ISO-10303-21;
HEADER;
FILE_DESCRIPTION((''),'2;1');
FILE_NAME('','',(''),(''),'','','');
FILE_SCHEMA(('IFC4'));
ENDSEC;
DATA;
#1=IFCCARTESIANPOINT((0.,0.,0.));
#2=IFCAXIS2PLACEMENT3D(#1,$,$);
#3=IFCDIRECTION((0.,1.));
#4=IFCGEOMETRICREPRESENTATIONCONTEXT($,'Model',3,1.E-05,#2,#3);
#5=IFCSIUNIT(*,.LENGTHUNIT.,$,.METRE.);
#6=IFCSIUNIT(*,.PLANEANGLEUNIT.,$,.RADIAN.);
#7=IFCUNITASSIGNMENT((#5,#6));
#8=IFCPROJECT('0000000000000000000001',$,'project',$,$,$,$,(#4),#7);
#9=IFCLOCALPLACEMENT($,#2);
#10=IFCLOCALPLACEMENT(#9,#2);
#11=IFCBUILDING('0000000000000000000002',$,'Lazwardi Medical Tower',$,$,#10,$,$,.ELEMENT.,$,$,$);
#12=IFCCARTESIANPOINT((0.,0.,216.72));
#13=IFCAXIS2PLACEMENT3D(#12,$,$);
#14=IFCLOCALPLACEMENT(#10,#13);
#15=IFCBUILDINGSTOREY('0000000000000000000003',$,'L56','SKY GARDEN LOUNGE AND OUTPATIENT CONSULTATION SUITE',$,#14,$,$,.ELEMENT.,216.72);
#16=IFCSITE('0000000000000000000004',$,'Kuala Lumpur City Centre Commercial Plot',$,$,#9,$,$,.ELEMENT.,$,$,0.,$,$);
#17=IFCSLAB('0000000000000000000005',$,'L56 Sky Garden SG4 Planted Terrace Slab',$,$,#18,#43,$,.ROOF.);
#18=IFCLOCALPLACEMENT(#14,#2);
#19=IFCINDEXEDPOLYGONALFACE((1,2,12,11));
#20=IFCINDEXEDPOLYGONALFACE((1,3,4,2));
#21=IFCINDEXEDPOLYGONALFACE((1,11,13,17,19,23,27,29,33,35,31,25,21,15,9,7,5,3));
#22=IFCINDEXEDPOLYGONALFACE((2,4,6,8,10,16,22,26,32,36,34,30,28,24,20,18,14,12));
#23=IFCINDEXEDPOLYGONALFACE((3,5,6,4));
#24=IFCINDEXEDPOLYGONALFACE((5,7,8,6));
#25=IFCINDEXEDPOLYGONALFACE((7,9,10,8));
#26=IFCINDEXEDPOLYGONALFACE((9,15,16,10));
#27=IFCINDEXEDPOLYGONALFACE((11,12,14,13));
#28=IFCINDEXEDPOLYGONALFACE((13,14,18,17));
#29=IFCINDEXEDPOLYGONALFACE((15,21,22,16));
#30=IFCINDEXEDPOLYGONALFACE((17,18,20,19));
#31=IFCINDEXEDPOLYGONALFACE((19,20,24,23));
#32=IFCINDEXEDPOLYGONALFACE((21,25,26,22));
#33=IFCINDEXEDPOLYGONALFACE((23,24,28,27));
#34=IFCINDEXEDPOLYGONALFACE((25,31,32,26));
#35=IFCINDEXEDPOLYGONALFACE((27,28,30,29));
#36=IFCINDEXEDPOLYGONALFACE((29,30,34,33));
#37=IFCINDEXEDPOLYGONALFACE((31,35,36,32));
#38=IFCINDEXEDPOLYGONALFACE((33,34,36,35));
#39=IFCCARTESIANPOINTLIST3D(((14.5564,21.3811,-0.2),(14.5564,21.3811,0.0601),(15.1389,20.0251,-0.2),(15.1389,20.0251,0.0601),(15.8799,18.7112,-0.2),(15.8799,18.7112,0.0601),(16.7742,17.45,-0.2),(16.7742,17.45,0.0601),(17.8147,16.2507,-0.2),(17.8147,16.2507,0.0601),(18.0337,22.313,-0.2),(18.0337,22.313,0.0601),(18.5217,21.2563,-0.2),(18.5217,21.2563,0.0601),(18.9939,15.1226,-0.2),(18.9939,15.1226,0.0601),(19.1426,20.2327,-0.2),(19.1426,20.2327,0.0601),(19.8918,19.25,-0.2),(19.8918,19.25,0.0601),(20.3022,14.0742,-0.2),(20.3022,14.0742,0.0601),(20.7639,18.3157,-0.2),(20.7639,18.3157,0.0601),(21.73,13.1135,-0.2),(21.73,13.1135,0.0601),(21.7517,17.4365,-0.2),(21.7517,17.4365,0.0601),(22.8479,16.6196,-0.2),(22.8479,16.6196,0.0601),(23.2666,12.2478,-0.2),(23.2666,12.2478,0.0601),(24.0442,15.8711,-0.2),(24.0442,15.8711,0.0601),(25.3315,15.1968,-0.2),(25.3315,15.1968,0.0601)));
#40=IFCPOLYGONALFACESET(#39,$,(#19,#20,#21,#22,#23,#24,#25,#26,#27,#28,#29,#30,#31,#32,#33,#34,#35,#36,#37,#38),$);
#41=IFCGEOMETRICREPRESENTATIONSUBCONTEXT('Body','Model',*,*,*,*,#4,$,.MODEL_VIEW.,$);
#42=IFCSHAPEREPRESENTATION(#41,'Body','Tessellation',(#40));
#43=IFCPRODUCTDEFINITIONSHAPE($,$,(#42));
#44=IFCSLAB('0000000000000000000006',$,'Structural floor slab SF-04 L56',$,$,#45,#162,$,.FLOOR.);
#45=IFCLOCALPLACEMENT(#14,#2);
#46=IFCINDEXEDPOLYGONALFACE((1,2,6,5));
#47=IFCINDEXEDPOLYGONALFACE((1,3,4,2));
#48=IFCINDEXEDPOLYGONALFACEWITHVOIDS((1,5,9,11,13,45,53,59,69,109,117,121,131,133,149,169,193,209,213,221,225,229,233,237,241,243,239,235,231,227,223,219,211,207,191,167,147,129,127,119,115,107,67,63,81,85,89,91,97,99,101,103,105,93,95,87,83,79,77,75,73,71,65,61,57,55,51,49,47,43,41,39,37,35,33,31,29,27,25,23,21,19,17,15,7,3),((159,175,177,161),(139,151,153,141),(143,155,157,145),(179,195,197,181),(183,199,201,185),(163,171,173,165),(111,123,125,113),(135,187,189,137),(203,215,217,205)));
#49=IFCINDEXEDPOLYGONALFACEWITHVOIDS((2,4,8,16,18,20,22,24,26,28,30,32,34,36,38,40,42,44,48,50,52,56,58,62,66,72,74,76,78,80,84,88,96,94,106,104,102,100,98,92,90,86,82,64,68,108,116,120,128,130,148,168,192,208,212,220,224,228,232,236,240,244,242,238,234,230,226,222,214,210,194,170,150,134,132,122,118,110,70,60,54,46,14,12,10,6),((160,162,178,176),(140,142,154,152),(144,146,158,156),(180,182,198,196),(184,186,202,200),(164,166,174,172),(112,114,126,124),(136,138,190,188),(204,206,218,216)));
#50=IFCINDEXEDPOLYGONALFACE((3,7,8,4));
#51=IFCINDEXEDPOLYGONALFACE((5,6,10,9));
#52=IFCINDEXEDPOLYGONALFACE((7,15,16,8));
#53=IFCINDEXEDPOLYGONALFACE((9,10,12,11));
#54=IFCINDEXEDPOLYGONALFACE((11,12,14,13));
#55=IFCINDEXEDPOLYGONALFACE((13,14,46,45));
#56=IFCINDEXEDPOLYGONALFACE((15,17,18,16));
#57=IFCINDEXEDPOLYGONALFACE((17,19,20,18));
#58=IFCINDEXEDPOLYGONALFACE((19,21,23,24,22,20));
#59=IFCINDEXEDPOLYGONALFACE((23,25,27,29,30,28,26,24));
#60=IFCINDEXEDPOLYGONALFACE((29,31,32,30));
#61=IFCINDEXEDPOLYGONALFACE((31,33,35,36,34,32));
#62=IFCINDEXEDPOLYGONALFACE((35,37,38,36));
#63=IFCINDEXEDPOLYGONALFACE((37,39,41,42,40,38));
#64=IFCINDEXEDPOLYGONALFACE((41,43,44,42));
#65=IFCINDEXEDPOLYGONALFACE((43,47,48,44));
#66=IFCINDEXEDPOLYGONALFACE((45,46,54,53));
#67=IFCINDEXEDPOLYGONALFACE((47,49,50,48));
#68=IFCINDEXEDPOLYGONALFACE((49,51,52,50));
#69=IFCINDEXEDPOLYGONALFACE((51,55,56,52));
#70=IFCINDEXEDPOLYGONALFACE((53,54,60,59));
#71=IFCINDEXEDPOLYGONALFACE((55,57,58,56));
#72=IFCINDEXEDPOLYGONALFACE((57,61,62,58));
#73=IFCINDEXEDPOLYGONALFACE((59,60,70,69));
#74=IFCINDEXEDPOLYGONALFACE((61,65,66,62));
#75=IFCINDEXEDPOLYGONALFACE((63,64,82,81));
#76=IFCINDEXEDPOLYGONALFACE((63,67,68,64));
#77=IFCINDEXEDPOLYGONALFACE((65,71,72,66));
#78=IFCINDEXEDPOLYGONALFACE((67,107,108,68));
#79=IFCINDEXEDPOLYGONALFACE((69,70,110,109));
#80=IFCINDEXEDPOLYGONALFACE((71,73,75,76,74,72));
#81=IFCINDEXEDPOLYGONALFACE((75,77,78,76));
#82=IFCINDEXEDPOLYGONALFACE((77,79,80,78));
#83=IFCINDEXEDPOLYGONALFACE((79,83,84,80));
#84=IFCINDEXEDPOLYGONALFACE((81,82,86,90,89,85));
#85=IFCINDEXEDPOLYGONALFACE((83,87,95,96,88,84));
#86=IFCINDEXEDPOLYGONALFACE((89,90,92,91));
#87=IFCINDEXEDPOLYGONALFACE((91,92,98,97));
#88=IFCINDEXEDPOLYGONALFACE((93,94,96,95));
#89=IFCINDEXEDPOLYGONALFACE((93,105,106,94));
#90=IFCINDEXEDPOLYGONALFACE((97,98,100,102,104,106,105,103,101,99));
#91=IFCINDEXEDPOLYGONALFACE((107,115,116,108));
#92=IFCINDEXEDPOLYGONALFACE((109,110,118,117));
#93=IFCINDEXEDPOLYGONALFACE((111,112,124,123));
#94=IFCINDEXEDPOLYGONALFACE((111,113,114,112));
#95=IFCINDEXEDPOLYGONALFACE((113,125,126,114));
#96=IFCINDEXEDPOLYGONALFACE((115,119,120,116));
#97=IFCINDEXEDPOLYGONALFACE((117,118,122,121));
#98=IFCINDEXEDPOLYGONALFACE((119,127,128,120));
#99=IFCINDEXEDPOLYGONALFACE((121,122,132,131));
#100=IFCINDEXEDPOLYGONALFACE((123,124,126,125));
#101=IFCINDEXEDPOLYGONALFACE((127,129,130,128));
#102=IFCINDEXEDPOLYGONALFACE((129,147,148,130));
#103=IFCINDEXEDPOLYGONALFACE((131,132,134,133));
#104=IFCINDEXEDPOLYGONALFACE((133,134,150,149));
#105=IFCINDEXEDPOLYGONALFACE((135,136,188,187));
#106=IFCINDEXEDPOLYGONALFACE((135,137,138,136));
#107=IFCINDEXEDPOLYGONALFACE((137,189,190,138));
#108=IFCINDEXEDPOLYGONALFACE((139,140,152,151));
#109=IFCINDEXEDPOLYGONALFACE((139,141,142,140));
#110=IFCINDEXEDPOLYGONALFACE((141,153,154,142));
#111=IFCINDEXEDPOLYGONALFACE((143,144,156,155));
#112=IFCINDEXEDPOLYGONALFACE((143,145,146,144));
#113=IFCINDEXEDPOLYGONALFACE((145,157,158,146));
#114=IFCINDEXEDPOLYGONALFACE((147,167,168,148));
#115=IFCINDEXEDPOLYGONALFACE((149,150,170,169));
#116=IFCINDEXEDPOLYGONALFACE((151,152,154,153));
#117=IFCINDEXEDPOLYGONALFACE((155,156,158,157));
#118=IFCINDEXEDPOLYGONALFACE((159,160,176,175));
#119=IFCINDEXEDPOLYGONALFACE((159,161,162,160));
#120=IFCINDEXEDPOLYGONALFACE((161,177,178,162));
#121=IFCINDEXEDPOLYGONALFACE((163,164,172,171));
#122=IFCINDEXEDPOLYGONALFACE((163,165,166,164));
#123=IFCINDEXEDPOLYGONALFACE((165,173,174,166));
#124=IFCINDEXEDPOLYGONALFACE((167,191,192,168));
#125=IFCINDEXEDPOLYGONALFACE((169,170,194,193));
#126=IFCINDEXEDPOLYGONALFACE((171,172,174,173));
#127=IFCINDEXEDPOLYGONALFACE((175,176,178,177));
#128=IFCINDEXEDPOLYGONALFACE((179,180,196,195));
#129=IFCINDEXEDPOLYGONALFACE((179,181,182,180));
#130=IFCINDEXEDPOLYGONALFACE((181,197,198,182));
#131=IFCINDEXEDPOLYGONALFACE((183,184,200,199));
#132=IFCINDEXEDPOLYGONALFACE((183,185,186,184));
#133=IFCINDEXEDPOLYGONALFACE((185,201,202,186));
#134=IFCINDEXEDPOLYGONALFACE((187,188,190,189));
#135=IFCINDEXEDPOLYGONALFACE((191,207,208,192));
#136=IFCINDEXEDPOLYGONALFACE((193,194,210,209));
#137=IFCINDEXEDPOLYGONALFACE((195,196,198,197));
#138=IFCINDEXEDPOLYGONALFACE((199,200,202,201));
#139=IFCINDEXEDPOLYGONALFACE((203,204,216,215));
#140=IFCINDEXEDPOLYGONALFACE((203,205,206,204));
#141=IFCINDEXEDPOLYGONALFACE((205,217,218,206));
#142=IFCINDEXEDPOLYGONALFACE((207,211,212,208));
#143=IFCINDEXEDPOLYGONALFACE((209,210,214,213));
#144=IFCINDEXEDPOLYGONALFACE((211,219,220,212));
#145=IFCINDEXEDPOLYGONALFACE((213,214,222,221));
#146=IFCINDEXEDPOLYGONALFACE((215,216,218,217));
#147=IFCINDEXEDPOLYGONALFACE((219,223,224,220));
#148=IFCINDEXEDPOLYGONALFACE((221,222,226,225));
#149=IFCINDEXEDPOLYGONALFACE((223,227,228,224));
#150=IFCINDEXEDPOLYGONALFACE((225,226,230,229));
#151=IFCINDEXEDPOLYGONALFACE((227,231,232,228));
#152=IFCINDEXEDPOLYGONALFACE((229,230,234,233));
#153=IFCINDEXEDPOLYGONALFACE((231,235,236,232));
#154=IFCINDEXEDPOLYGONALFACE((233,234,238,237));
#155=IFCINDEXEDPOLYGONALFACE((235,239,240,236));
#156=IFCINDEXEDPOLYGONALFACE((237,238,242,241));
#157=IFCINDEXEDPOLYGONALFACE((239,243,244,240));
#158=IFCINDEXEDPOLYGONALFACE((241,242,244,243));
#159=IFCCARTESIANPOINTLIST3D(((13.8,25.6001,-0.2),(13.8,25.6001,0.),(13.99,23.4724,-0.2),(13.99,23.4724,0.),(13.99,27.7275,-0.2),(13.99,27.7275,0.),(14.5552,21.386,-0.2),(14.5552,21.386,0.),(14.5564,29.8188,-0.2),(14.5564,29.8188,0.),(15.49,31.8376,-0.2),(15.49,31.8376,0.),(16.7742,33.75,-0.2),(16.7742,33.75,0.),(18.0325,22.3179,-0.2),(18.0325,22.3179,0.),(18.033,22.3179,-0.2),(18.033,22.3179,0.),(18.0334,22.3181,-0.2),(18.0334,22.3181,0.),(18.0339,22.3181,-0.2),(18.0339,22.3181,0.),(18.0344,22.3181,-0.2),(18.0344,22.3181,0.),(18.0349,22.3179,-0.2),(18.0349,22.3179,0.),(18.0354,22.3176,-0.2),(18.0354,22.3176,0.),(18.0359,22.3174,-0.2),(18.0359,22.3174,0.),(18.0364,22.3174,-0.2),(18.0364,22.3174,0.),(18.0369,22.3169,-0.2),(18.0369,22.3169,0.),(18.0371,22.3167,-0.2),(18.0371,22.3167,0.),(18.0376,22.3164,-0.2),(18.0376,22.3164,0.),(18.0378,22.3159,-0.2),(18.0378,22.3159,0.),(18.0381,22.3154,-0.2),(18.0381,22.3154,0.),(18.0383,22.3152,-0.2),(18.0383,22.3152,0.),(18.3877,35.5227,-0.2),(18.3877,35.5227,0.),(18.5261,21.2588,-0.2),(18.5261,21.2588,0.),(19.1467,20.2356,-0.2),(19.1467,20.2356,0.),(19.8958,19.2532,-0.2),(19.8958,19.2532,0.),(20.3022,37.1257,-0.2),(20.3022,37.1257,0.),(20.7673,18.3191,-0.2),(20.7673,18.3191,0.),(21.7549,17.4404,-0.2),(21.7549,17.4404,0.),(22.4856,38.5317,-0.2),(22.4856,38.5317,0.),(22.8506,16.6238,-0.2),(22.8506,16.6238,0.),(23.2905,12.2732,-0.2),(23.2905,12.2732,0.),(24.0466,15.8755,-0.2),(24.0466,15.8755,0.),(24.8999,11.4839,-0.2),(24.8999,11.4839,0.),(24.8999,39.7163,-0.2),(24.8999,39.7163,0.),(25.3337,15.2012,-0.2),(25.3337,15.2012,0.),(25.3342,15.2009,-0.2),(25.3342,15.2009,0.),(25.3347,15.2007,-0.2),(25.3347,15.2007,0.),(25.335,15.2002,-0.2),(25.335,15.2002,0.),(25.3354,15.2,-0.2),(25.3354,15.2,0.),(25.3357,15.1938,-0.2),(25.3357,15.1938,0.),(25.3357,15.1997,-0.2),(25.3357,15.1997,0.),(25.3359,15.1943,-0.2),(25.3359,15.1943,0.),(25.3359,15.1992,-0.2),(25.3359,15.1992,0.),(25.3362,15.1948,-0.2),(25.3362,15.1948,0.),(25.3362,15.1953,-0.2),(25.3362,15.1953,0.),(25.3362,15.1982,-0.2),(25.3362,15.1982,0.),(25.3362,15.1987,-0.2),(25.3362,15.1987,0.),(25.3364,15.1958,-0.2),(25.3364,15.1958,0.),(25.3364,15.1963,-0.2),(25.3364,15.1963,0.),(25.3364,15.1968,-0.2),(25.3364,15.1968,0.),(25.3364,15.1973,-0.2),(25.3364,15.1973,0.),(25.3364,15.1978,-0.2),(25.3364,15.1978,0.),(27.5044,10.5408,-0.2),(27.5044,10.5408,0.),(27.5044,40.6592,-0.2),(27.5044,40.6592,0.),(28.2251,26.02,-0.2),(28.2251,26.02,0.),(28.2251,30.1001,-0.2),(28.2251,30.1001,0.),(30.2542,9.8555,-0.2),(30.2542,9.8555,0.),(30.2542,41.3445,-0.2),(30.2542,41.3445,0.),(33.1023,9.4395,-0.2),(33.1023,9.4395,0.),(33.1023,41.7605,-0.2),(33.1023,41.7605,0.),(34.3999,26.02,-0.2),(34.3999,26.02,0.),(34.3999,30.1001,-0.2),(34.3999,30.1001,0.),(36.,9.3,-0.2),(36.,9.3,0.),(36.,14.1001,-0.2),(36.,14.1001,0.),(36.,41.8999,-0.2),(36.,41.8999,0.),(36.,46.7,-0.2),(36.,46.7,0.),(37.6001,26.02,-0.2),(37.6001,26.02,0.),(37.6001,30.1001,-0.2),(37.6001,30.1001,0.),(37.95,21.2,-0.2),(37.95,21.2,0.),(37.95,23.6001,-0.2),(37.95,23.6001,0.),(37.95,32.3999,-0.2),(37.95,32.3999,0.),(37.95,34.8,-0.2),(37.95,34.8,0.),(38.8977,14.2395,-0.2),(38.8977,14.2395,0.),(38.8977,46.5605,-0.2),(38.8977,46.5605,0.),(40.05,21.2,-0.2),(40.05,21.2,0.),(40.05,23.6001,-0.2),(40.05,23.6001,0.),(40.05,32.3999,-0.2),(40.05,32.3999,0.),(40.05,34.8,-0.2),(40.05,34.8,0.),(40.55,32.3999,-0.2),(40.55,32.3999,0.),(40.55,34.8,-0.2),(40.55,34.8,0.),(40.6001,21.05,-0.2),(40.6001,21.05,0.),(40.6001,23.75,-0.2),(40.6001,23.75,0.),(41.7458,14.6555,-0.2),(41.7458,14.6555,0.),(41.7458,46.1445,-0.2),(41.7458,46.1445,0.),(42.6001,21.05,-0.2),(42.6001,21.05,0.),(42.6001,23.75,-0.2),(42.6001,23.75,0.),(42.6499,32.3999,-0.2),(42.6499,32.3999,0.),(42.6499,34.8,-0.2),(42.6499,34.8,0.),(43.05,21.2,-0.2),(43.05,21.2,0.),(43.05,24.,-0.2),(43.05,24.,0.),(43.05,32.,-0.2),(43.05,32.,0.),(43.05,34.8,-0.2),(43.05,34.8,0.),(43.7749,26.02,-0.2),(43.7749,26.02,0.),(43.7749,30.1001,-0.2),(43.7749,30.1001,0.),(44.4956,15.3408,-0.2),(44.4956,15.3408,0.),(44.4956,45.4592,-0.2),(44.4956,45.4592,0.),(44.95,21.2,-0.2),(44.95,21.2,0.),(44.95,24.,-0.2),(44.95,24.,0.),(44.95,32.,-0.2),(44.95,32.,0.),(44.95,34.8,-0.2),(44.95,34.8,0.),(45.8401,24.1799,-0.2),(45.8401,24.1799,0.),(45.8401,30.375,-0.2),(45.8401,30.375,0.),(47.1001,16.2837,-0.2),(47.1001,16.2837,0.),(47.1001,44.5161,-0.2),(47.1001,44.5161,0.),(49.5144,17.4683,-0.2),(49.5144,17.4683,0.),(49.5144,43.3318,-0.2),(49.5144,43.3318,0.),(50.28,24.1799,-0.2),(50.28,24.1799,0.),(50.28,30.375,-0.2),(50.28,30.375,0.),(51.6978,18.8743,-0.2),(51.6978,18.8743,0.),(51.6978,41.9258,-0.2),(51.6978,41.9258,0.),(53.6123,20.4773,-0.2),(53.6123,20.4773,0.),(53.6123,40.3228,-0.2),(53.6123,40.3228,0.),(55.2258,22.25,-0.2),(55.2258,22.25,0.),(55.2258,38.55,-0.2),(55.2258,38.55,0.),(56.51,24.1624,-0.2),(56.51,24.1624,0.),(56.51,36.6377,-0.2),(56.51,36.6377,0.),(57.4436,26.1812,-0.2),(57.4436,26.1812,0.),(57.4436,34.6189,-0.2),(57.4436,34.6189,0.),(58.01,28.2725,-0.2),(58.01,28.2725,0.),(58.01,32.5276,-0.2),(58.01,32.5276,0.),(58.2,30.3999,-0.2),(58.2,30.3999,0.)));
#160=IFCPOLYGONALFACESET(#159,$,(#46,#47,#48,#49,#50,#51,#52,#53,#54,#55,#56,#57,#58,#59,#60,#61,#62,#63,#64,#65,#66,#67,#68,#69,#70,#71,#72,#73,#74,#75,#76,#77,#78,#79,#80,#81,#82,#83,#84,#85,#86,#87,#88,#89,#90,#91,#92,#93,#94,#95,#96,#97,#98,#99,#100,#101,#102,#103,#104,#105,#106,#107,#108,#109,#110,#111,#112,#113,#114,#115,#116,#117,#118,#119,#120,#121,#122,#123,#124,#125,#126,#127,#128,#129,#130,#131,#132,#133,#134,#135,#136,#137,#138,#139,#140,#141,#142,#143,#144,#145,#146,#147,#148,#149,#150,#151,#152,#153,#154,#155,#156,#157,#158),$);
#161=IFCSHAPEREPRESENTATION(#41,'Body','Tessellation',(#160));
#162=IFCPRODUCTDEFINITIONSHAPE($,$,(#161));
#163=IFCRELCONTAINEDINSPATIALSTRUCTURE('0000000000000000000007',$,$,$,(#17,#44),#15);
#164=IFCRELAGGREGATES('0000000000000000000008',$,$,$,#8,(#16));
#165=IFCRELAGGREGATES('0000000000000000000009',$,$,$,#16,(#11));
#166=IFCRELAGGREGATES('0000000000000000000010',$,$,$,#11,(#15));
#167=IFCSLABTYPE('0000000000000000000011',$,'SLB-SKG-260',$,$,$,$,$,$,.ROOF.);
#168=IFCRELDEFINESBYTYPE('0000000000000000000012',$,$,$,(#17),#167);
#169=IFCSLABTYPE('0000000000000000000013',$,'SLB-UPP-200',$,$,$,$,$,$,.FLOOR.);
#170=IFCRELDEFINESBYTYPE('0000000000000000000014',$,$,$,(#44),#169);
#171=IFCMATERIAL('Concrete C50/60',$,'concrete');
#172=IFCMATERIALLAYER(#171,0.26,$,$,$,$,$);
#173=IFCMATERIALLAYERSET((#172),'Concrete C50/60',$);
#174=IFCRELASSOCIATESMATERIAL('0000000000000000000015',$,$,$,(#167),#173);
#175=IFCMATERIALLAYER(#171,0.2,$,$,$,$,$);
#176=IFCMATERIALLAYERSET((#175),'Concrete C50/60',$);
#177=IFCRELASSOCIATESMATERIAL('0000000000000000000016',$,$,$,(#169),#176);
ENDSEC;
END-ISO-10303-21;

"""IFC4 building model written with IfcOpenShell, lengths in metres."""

from ifc_helpers import new_model, si_unit, direction, frame, origin, place, context, subcontext, project, spatial, polyline, outline, extrude, material, layer, layer_set, type_object, element, save


model = new_model("IFC4")

# Units and contexts
model_context = context("Model", 3, precision=1e-05, world=origin(), true_north=direction((0.0, 1.0)))
body_context = subcontext(model_context, "Body", "Model", "MODEL_VIEW")
ifc_project = project(units=[si_unit("LENGTHUNIT", "METRE"), si_unit("PLANEANGLEUNIT", "RADIAN")], contexts=[model_context])

# Site, building, storey
site_placement = place(None, origin())
site = spatial("IfcSite", under=ifc_project, at=site_placement, Name="Kuala Lumpur City Centre Commercial Plot", CompositionType="ELEMENT", RefElevation=0.0)
building_placement = place(site_placement, origin())
building = spatial("IfcBuilding", under=site, at=building_placement, Name="Lazwardi Medical Tower", CompositionType="ELEMENT")
storey_placement = place(building_placement, frame((0.0, 0.0, 216.72)))
storey = spatial("IfcBuildingStorey", under=building, at=storey_placement, Name="L56", Description="SKY GARDEN LOUNGE AND OUTPATIENT CONSULTATION SUITE", CompositionType="ELEMENT", Elevation=216.72)

# Slabs
ifc_material_1 = material(Name="Concrete C50/60", Category="concrete")
ifc_layer_1 = layer(ifc_material_1, 0.26)
ifc_layer_set_1 = layer_set([ifc_layer_1], Name="Concrete C50/60")
slab_type_1 = type_object("IfcSlabType", Name="SLB-SKG-260", PredefinedType="ROOF", material=ifc_layer_set_1)
slab_1_placement = place(storey_placement, frame((0.0, 0.0, -0.2)))
element("IfcSlab", 1, at=slab_1_placement, inside=storey, type_object=slab_type_1, Name="L56 Sky Garden SG4 Planted Terrace Slab", PredefinedType="ROOF", context=body_context, shape_type="SweptSolid", body=[
    extrude(outline(polyline([(15.1389, 20.0251), (15.8799, 18.7112), (16.7742, 17.45), (17.8147, 16.2507), (18.9939, 15.1226), (20.3022, 14.0742), (21.73, 13.1135), (23.2666, 12.2478), (25.3315, 15.1968), (24.0442, 15.8711), (22.8479, 16.6196), (21.7517, 17.4365), (20.7639, 18.3157), (19.8918, 19.25), (19.1426, 20.2327), (18.5217, 21.2563), (18.0337, 22.313), (14.5564, 21.3811), (15.1389, 20.0251)])), origin(), (0.0, 0.0, 1.0), 0.26),
])
ifc_layer_2 = layer(ifc_material_1, 0.2)
ifc_layer_set_2 = layer_set([ifc_layer_2], Name="Concrete C50/60")
slab_type_2 = type_object("IfcSlabType", Name="SLB-UPP-200", PredefinedType="FLOOR", material=ifc_layer_set_2)
slab_2_placement = place(storey_placement, frame((0.0, 0.0, -0.2)))
element("IfcSlab", 2, at=slab_2_placement, inside=storey, type_object=slab_type_2, Name="Structural floor slab SF-04 L56", PredefinedType="FLOOR", context=body_context, shape_type="SweptSolid", body=[
    extrude(outline(polyline([(22.4856, 38.5317), (20.3022, 37.1257), (18.3877, 35.5227), (16.7742, 33.75), (15.49, 31.8376), (14.5564, 29.8188), (13.99, 27.7275), (13.8, 25.6001), (13.99, 23.4724), (14.5552, 21.386), (14.5552, 21.386), (18.0325, 22.3179), (18.033, 22.3179), (18.0334, 22.3181), (18.0339, 22.3181), (18.0344, 22.3181), (18.0349, 22.3179), (18.0354, 22.3176), (18.0359, 22.3174), (18.0364, 22.3174), (18.0369, 22.3169), (18.0371, 22.3167), (18.0376, 22.3164), (18.0378, 22.3159), (18.0381, 22.3154), (18.0383, 22.3152), (18.5261, 21.2588), (19.1467, 20.2356), (19.8958, 19.2532), (20.7673, 18.3191), (21.7549, 17.4404), (22.8506, 16.6238), (24.0466, 15.8755), (25.3337, 15.2012), (25.3342, 15.2009), (25.3347, 15.2007), (25.335, 15.2002), (25.3354, 15.2), (25.3357, 15.1997), (25.3359, 15.1992), (25.3362, 15.1987), (25.3362, 15.1982), (25.3364, 15.1978), (25.3364, 15.1973), (25.3364, 15.1968), (25.3364, 15.1963), (25.3364, 15.1958), (25.3362, 15.1953), (25.3362, 15.1948), (25.3359, 15.1943), (25.3357, 15.1938), (23.2905, 12.2732), (24.8999, 11.4839), (27.5044, 10.5408), (30.2542, 9.8555), (33.1023, 9.4395), (36.0, 9.3), (36.0, 14.1001), (38.8977, 14.2395), (41.7458, 14.6555), (44.4956, 15.3408), (47.1001, 16.2837), (49.5144, 17.4683), (51.6978, 18.8743), (53.6123, 20.4773), (55.2258, 22.25), (56.51, 24.1624), (57.4436, 26.1812), (58.01, 28.2725), (58.2, 30.3999), (58.01, 32.5276), (57.4436, 34.6189), (56.51, 36.6377), (55.2258, 38.55), (53.6123, 40.3228), (51.6978, 41.9258), (49.5144, 43.3318), (47.1001, 44.5161), (44.4956, 45.4592), (41.7458, 46.1445), (38.8977, 46.5605), (36.0, 46.7), (36.0, 41.8999), (33.1023, 41.7605), (30.2542, 41.3445), (27.5044, 40.6592), (24.8999, 39.7163), (22.4856, 38.5317)]), holes=[polyline([(28.2251, 26.02), (28.2251, 30.1001), (34.3999, 30.1001), (34.3999, 26.02), (28.2251, 26.02)]), polyline([(37.6001, 30.1001), (43.7749, 30.1001), (43.7749, 26.02), (37.6001, 26.02), (37.6001, 30.1001)]), polyline([(50.28, 30.375), (50.28, 24.1799), (45.8401, 24.1799), (45.8401, 30.375), (50.28, 30.375)]), polyline([(40.05, 32.3999), (37.95, 32.3999), (37.95, 34.8), (40.05, 34.8), (40.05, 32.3999)]), polyline([(40.55, 32.3999), (40.55, 34.8), (42.6499, 34.8), (42.6499, 32.3999), (40.55, 32.3999)]), polyline([(37.95, 23.6001), (40.05, 23.6001), (40.05, 21.2), (37.95, 21.2), (37.95, 23.6001)]), polyline([(44.95, 34.8), (44.95, 32.0), (43.05, 32.0), (43.05, 34.8), (44.95, 34.8)]), polyline([(44.95, 21.2), (43.05, 21.2), (43.05, 24.0), (44.95, 24.0), (44.95, 21.2)]), polyline([(40.6001, 21.05), (40.6001, 23.75), (42.6001, 23.75), (42.6001, 21.05), (40.6001, 21.05)])]), origin(), (0.0, 0.0, 1.0), 0.2),
])

save(model, "model.ifc")
